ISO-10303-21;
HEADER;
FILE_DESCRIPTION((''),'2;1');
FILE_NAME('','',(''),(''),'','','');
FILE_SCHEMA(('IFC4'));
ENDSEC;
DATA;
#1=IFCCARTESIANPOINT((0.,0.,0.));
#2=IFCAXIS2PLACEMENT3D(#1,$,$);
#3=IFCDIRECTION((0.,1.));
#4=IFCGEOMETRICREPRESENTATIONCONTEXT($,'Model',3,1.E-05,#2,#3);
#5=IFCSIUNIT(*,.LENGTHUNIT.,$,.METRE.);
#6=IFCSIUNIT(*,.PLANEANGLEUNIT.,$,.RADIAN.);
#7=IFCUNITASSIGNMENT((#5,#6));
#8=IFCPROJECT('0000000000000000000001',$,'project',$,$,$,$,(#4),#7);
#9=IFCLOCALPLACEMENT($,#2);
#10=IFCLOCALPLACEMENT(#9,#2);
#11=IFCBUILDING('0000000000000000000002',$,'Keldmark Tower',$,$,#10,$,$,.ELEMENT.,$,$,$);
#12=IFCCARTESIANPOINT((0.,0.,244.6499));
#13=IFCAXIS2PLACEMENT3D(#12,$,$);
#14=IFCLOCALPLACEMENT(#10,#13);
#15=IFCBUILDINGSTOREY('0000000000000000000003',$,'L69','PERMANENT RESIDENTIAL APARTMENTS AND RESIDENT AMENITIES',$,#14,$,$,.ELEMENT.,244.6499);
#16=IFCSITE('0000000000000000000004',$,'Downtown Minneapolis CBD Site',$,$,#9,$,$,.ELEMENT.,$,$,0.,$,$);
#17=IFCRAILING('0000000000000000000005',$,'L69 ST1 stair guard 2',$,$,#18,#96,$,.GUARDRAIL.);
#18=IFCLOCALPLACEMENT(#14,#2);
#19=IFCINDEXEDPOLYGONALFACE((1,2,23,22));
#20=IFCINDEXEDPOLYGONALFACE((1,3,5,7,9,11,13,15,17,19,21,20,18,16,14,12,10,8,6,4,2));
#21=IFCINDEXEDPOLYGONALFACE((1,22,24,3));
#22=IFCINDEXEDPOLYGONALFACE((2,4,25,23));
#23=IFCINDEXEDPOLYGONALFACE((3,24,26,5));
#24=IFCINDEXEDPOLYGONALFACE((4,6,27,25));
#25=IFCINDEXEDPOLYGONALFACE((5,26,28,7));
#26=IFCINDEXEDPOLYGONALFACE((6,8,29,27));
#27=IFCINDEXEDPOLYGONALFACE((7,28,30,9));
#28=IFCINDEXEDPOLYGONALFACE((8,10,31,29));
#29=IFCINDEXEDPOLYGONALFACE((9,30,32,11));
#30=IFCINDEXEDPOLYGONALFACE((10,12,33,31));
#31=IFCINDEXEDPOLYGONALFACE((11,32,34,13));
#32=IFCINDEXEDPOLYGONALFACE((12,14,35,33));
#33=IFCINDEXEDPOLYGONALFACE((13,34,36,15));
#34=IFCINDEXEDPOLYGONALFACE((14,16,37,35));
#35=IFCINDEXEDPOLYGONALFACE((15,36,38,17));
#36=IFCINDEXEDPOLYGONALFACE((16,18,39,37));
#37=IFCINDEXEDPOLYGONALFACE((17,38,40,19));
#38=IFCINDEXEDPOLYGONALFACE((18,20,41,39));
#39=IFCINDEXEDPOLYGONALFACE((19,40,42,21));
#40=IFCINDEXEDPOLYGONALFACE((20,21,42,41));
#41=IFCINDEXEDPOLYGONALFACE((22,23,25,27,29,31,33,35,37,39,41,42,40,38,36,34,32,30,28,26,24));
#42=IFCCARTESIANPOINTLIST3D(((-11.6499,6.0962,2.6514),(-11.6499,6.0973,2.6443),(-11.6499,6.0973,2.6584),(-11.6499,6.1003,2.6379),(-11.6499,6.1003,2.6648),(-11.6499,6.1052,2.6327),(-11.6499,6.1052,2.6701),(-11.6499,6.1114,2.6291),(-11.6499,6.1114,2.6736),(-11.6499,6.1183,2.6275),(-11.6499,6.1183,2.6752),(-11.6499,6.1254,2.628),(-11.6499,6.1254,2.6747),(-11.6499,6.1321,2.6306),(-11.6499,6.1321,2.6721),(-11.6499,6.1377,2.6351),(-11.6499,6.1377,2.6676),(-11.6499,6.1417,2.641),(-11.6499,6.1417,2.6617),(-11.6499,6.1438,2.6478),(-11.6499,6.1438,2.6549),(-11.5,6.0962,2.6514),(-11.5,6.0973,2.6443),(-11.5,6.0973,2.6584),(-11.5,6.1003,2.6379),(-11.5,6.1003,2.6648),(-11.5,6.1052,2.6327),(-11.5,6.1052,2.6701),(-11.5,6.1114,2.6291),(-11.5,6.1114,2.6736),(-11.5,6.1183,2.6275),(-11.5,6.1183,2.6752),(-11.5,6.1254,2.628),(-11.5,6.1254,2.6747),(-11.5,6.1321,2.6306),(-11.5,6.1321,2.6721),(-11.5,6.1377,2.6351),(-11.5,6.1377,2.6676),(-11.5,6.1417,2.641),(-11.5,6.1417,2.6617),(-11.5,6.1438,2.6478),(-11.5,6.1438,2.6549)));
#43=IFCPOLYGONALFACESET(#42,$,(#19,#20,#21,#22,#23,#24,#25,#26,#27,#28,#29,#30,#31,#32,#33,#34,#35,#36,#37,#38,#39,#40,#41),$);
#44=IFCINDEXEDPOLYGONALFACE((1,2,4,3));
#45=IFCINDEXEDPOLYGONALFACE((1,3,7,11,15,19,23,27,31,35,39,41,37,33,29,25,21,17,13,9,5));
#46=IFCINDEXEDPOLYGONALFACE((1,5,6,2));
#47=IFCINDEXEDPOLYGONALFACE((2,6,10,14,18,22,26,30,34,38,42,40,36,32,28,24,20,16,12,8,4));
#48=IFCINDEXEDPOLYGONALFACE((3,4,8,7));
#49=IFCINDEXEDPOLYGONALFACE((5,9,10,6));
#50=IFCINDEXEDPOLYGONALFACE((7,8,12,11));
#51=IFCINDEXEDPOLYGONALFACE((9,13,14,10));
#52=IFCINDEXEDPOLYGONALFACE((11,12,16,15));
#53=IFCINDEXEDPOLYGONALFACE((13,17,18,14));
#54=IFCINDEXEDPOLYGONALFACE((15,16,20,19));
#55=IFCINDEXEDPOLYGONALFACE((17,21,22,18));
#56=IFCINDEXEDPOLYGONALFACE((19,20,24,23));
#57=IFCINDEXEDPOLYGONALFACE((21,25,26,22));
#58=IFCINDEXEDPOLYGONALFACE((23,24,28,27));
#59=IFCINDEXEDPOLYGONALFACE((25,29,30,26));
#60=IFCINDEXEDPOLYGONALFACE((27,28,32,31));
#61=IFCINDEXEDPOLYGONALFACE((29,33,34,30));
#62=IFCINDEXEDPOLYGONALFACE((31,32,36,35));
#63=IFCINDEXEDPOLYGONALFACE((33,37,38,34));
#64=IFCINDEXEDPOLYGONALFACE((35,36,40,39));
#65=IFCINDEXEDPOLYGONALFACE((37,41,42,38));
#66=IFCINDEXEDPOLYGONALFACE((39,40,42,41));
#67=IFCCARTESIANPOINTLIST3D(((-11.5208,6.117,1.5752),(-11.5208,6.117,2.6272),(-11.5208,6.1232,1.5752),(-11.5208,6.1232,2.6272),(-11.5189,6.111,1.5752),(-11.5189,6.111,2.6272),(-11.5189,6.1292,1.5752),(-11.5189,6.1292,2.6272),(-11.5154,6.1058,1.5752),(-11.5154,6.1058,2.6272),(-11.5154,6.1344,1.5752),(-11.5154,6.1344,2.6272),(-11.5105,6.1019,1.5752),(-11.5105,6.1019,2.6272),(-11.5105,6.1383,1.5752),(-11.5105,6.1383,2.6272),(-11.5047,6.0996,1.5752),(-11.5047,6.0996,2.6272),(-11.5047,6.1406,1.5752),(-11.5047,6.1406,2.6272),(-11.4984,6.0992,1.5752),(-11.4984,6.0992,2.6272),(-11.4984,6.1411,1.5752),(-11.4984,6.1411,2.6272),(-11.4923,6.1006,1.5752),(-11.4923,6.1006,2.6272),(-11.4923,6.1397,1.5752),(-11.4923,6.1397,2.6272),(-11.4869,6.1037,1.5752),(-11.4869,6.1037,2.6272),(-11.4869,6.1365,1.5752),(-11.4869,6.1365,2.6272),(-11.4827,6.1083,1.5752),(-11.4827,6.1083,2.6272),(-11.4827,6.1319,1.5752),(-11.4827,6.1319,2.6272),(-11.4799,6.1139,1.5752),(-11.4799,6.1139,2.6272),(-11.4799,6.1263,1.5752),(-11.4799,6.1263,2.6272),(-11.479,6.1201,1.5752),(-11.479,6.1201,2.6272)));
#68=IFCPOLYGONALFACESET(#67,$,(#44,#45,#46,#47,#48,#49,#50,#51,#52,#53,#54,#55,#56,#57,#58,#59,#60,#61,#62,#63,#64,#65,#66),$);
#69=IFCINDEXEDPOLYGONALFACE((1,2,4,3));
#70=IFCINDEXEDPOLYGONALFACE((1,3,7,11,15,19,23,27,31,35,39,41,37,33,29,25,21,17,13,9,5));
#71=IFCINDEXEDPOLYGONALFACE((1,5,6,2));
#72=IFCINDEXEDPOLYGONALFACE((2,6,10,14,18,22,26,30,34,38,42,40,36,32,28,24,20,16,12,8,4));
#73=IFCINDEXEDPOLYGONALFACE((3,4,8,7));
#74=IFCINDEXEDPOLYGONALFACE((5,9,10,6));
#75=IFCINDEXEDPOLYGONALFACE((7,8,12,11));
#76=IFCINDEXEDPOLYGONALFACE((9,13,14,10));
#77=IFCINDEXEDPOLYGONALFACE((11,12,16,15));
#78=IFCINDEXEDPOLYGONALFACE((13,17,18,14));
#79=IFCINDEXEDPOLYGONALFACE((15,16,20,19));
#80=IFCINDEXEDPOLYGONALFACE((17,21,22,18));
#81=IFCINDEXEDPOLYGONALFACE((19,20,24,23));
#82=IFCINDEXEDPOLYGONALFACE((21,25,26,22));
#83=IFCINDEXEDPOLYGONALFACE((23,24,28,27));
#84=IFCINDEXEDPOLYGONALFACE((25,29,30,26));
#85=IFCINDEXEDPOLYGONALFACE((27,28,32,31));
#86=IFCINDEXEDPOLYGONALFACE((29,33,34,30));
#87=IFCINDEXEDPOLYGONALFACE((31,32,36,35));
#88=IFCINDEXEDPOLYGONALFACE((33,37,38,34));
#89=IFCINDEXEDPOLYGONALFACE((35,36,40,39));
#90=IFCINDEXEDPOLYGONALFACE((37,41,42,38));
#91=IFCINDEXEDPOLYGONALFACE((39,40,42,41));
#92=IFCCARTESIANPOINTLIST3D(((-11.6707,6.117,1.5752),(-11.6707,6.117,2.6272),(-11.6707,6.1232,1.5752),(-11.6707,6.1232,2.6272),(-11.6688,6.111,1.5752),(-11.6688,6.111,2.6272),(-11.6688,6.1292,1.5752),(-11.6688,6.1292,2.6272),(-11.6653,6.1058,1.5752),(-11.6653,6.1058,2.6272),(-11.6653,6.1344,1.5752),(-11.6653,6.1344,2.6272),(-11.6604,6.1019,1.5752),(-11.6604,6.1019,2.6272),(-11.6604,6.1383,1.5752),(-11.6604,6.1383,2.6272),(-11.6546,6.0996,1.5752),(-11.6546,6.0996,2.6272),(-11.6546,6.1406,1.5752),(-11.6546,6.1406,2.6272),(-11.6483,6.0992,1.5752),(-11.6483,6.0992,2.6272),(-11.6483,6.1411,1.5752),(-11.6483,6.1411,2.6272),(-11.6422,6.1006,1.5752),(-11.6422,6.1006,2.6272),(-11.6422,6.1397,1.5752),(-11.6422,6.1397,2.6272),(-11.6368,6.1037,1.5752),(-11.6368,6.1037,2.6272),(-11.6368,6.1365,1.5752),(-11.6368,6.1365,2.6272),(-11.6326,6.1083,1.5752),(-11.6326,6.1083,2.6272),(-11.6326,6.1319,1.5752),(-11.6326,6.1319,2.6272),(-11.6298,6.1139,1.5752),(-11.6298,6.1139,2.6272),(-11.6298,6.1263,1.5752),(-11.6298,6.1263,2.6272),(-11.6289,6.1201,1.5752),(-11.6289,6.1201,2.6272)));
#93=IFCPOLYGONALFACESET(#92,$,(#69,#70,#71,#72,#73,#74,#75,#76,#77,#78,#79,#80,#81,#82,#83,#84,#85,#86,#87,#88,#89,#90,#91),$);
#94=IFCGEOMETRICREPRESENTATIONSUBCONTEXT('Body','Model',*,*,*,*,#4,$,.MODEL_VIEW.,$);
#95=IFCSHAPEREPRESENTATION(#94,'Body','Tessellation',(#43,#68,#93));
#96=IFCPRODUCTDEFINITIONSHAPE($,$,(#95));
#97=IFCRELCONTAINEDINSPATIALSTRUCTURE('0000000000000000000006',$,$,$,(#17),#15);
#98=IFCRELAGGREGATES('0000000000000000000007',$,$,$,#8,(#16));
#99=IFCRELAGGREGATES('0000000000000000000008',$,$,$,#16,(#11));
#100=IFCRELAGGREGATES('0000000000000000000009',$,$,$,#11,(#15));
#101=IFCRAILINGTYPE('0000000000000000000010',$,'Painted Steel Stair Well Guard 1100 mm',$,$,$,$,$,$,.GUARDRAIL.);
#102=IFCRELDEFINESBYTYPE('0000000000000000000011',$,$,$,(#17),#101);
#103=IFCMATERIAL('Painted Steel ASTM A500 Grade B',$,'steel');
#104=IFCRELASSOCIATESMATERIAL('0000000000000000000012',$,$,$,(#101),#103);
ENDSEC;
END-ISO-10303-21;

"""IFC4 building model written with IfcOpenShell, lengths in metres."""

from ifc_helpers import new_model, si_unit, direction, frame, origin, origin_2d, place, context, subcontext, project, spatial, circle, extrude, material, type_object, element, save


model = new_model("IFC4")

# Units and contexts
model_context = context("Model", 3, precision=1e-05, world=origin(), true_north=direction((0.0, 1.0)))
body_context = subcontext(model_context, "Body", "Model", "MODEL_VIEW")
ifc_project = project(units=[si_unit("LENGTHUNIT", "METRE"), si_unit("PLANEANGLEUNIT", "RADIAN")], contexts=[model_context])

# Site, building, storey
site_placement = place(None, origin())
site = spatial("IfcSite", under=ifc_project, at=site_placement, Name="Downtown Minneapolis CBD Site", CompositionType="ELEMENT", RefElevation=0.0)
building_placement = place(site_placement, origin())
building = spatial("IfcBuilding", under=site, at=building_placement, Name="Keldmark Tower", CompositionType="ELEMENT")
storey_placement = place(building_placement, frame((0.0, 0.0, 244.6499)))
storey = spatial("IfcBuildingStorey", under=building, at=storey_placement, Name="L69", Description="PERMANENT RESIDENTIAL APARTMENTS AND RESIDENT AMENITIES", CompositionType="ELEMENT", Elevation=244.6499)

# Railing
ifc_material_1 = material(Name="Painted Steel ASTM A500 Grade B", Category="steel")
railing_type_1 = type_object("IfcRailingType", Name="Painted Steel Stair Well Guard 1100 mm", PredefinedType="GUARDRAIL", material=ifc_material_1)
railing_1_placement = place(storey_placement, frame((-11.5, 6.1201, 1.5752)))
element("IfcRailing", 1, at=railing_1_placement, inside=storey, type_object=railing_type_1, Name="L69 ST1 stair guard 2", PredefinedType="GUARDRAIL", context=body_context, shape_type="SweptSolid", body=[
    extrude(circle(Radius=0.0239, at=origin_2d()), frame((0.0, 0.0, 1.0762), z_axis=(-1.0, 0.0, 0.0), x_axis=(0.0, -1.0, 0.0)), (0.0, 0.0, 1.0), 0.1499),
    extrude(circle(Radius=0.021, at=origin_2d()), origin(), (0.0, 0.0, 1.0), 1.052),
    extrude(circle(Radius=0.021, at=origin_2d()), frame((-0.1499, 0.0, 0.0)), (0.0, 0.0, 1.0), 1.052),
])

save(model, "model.ifc")
